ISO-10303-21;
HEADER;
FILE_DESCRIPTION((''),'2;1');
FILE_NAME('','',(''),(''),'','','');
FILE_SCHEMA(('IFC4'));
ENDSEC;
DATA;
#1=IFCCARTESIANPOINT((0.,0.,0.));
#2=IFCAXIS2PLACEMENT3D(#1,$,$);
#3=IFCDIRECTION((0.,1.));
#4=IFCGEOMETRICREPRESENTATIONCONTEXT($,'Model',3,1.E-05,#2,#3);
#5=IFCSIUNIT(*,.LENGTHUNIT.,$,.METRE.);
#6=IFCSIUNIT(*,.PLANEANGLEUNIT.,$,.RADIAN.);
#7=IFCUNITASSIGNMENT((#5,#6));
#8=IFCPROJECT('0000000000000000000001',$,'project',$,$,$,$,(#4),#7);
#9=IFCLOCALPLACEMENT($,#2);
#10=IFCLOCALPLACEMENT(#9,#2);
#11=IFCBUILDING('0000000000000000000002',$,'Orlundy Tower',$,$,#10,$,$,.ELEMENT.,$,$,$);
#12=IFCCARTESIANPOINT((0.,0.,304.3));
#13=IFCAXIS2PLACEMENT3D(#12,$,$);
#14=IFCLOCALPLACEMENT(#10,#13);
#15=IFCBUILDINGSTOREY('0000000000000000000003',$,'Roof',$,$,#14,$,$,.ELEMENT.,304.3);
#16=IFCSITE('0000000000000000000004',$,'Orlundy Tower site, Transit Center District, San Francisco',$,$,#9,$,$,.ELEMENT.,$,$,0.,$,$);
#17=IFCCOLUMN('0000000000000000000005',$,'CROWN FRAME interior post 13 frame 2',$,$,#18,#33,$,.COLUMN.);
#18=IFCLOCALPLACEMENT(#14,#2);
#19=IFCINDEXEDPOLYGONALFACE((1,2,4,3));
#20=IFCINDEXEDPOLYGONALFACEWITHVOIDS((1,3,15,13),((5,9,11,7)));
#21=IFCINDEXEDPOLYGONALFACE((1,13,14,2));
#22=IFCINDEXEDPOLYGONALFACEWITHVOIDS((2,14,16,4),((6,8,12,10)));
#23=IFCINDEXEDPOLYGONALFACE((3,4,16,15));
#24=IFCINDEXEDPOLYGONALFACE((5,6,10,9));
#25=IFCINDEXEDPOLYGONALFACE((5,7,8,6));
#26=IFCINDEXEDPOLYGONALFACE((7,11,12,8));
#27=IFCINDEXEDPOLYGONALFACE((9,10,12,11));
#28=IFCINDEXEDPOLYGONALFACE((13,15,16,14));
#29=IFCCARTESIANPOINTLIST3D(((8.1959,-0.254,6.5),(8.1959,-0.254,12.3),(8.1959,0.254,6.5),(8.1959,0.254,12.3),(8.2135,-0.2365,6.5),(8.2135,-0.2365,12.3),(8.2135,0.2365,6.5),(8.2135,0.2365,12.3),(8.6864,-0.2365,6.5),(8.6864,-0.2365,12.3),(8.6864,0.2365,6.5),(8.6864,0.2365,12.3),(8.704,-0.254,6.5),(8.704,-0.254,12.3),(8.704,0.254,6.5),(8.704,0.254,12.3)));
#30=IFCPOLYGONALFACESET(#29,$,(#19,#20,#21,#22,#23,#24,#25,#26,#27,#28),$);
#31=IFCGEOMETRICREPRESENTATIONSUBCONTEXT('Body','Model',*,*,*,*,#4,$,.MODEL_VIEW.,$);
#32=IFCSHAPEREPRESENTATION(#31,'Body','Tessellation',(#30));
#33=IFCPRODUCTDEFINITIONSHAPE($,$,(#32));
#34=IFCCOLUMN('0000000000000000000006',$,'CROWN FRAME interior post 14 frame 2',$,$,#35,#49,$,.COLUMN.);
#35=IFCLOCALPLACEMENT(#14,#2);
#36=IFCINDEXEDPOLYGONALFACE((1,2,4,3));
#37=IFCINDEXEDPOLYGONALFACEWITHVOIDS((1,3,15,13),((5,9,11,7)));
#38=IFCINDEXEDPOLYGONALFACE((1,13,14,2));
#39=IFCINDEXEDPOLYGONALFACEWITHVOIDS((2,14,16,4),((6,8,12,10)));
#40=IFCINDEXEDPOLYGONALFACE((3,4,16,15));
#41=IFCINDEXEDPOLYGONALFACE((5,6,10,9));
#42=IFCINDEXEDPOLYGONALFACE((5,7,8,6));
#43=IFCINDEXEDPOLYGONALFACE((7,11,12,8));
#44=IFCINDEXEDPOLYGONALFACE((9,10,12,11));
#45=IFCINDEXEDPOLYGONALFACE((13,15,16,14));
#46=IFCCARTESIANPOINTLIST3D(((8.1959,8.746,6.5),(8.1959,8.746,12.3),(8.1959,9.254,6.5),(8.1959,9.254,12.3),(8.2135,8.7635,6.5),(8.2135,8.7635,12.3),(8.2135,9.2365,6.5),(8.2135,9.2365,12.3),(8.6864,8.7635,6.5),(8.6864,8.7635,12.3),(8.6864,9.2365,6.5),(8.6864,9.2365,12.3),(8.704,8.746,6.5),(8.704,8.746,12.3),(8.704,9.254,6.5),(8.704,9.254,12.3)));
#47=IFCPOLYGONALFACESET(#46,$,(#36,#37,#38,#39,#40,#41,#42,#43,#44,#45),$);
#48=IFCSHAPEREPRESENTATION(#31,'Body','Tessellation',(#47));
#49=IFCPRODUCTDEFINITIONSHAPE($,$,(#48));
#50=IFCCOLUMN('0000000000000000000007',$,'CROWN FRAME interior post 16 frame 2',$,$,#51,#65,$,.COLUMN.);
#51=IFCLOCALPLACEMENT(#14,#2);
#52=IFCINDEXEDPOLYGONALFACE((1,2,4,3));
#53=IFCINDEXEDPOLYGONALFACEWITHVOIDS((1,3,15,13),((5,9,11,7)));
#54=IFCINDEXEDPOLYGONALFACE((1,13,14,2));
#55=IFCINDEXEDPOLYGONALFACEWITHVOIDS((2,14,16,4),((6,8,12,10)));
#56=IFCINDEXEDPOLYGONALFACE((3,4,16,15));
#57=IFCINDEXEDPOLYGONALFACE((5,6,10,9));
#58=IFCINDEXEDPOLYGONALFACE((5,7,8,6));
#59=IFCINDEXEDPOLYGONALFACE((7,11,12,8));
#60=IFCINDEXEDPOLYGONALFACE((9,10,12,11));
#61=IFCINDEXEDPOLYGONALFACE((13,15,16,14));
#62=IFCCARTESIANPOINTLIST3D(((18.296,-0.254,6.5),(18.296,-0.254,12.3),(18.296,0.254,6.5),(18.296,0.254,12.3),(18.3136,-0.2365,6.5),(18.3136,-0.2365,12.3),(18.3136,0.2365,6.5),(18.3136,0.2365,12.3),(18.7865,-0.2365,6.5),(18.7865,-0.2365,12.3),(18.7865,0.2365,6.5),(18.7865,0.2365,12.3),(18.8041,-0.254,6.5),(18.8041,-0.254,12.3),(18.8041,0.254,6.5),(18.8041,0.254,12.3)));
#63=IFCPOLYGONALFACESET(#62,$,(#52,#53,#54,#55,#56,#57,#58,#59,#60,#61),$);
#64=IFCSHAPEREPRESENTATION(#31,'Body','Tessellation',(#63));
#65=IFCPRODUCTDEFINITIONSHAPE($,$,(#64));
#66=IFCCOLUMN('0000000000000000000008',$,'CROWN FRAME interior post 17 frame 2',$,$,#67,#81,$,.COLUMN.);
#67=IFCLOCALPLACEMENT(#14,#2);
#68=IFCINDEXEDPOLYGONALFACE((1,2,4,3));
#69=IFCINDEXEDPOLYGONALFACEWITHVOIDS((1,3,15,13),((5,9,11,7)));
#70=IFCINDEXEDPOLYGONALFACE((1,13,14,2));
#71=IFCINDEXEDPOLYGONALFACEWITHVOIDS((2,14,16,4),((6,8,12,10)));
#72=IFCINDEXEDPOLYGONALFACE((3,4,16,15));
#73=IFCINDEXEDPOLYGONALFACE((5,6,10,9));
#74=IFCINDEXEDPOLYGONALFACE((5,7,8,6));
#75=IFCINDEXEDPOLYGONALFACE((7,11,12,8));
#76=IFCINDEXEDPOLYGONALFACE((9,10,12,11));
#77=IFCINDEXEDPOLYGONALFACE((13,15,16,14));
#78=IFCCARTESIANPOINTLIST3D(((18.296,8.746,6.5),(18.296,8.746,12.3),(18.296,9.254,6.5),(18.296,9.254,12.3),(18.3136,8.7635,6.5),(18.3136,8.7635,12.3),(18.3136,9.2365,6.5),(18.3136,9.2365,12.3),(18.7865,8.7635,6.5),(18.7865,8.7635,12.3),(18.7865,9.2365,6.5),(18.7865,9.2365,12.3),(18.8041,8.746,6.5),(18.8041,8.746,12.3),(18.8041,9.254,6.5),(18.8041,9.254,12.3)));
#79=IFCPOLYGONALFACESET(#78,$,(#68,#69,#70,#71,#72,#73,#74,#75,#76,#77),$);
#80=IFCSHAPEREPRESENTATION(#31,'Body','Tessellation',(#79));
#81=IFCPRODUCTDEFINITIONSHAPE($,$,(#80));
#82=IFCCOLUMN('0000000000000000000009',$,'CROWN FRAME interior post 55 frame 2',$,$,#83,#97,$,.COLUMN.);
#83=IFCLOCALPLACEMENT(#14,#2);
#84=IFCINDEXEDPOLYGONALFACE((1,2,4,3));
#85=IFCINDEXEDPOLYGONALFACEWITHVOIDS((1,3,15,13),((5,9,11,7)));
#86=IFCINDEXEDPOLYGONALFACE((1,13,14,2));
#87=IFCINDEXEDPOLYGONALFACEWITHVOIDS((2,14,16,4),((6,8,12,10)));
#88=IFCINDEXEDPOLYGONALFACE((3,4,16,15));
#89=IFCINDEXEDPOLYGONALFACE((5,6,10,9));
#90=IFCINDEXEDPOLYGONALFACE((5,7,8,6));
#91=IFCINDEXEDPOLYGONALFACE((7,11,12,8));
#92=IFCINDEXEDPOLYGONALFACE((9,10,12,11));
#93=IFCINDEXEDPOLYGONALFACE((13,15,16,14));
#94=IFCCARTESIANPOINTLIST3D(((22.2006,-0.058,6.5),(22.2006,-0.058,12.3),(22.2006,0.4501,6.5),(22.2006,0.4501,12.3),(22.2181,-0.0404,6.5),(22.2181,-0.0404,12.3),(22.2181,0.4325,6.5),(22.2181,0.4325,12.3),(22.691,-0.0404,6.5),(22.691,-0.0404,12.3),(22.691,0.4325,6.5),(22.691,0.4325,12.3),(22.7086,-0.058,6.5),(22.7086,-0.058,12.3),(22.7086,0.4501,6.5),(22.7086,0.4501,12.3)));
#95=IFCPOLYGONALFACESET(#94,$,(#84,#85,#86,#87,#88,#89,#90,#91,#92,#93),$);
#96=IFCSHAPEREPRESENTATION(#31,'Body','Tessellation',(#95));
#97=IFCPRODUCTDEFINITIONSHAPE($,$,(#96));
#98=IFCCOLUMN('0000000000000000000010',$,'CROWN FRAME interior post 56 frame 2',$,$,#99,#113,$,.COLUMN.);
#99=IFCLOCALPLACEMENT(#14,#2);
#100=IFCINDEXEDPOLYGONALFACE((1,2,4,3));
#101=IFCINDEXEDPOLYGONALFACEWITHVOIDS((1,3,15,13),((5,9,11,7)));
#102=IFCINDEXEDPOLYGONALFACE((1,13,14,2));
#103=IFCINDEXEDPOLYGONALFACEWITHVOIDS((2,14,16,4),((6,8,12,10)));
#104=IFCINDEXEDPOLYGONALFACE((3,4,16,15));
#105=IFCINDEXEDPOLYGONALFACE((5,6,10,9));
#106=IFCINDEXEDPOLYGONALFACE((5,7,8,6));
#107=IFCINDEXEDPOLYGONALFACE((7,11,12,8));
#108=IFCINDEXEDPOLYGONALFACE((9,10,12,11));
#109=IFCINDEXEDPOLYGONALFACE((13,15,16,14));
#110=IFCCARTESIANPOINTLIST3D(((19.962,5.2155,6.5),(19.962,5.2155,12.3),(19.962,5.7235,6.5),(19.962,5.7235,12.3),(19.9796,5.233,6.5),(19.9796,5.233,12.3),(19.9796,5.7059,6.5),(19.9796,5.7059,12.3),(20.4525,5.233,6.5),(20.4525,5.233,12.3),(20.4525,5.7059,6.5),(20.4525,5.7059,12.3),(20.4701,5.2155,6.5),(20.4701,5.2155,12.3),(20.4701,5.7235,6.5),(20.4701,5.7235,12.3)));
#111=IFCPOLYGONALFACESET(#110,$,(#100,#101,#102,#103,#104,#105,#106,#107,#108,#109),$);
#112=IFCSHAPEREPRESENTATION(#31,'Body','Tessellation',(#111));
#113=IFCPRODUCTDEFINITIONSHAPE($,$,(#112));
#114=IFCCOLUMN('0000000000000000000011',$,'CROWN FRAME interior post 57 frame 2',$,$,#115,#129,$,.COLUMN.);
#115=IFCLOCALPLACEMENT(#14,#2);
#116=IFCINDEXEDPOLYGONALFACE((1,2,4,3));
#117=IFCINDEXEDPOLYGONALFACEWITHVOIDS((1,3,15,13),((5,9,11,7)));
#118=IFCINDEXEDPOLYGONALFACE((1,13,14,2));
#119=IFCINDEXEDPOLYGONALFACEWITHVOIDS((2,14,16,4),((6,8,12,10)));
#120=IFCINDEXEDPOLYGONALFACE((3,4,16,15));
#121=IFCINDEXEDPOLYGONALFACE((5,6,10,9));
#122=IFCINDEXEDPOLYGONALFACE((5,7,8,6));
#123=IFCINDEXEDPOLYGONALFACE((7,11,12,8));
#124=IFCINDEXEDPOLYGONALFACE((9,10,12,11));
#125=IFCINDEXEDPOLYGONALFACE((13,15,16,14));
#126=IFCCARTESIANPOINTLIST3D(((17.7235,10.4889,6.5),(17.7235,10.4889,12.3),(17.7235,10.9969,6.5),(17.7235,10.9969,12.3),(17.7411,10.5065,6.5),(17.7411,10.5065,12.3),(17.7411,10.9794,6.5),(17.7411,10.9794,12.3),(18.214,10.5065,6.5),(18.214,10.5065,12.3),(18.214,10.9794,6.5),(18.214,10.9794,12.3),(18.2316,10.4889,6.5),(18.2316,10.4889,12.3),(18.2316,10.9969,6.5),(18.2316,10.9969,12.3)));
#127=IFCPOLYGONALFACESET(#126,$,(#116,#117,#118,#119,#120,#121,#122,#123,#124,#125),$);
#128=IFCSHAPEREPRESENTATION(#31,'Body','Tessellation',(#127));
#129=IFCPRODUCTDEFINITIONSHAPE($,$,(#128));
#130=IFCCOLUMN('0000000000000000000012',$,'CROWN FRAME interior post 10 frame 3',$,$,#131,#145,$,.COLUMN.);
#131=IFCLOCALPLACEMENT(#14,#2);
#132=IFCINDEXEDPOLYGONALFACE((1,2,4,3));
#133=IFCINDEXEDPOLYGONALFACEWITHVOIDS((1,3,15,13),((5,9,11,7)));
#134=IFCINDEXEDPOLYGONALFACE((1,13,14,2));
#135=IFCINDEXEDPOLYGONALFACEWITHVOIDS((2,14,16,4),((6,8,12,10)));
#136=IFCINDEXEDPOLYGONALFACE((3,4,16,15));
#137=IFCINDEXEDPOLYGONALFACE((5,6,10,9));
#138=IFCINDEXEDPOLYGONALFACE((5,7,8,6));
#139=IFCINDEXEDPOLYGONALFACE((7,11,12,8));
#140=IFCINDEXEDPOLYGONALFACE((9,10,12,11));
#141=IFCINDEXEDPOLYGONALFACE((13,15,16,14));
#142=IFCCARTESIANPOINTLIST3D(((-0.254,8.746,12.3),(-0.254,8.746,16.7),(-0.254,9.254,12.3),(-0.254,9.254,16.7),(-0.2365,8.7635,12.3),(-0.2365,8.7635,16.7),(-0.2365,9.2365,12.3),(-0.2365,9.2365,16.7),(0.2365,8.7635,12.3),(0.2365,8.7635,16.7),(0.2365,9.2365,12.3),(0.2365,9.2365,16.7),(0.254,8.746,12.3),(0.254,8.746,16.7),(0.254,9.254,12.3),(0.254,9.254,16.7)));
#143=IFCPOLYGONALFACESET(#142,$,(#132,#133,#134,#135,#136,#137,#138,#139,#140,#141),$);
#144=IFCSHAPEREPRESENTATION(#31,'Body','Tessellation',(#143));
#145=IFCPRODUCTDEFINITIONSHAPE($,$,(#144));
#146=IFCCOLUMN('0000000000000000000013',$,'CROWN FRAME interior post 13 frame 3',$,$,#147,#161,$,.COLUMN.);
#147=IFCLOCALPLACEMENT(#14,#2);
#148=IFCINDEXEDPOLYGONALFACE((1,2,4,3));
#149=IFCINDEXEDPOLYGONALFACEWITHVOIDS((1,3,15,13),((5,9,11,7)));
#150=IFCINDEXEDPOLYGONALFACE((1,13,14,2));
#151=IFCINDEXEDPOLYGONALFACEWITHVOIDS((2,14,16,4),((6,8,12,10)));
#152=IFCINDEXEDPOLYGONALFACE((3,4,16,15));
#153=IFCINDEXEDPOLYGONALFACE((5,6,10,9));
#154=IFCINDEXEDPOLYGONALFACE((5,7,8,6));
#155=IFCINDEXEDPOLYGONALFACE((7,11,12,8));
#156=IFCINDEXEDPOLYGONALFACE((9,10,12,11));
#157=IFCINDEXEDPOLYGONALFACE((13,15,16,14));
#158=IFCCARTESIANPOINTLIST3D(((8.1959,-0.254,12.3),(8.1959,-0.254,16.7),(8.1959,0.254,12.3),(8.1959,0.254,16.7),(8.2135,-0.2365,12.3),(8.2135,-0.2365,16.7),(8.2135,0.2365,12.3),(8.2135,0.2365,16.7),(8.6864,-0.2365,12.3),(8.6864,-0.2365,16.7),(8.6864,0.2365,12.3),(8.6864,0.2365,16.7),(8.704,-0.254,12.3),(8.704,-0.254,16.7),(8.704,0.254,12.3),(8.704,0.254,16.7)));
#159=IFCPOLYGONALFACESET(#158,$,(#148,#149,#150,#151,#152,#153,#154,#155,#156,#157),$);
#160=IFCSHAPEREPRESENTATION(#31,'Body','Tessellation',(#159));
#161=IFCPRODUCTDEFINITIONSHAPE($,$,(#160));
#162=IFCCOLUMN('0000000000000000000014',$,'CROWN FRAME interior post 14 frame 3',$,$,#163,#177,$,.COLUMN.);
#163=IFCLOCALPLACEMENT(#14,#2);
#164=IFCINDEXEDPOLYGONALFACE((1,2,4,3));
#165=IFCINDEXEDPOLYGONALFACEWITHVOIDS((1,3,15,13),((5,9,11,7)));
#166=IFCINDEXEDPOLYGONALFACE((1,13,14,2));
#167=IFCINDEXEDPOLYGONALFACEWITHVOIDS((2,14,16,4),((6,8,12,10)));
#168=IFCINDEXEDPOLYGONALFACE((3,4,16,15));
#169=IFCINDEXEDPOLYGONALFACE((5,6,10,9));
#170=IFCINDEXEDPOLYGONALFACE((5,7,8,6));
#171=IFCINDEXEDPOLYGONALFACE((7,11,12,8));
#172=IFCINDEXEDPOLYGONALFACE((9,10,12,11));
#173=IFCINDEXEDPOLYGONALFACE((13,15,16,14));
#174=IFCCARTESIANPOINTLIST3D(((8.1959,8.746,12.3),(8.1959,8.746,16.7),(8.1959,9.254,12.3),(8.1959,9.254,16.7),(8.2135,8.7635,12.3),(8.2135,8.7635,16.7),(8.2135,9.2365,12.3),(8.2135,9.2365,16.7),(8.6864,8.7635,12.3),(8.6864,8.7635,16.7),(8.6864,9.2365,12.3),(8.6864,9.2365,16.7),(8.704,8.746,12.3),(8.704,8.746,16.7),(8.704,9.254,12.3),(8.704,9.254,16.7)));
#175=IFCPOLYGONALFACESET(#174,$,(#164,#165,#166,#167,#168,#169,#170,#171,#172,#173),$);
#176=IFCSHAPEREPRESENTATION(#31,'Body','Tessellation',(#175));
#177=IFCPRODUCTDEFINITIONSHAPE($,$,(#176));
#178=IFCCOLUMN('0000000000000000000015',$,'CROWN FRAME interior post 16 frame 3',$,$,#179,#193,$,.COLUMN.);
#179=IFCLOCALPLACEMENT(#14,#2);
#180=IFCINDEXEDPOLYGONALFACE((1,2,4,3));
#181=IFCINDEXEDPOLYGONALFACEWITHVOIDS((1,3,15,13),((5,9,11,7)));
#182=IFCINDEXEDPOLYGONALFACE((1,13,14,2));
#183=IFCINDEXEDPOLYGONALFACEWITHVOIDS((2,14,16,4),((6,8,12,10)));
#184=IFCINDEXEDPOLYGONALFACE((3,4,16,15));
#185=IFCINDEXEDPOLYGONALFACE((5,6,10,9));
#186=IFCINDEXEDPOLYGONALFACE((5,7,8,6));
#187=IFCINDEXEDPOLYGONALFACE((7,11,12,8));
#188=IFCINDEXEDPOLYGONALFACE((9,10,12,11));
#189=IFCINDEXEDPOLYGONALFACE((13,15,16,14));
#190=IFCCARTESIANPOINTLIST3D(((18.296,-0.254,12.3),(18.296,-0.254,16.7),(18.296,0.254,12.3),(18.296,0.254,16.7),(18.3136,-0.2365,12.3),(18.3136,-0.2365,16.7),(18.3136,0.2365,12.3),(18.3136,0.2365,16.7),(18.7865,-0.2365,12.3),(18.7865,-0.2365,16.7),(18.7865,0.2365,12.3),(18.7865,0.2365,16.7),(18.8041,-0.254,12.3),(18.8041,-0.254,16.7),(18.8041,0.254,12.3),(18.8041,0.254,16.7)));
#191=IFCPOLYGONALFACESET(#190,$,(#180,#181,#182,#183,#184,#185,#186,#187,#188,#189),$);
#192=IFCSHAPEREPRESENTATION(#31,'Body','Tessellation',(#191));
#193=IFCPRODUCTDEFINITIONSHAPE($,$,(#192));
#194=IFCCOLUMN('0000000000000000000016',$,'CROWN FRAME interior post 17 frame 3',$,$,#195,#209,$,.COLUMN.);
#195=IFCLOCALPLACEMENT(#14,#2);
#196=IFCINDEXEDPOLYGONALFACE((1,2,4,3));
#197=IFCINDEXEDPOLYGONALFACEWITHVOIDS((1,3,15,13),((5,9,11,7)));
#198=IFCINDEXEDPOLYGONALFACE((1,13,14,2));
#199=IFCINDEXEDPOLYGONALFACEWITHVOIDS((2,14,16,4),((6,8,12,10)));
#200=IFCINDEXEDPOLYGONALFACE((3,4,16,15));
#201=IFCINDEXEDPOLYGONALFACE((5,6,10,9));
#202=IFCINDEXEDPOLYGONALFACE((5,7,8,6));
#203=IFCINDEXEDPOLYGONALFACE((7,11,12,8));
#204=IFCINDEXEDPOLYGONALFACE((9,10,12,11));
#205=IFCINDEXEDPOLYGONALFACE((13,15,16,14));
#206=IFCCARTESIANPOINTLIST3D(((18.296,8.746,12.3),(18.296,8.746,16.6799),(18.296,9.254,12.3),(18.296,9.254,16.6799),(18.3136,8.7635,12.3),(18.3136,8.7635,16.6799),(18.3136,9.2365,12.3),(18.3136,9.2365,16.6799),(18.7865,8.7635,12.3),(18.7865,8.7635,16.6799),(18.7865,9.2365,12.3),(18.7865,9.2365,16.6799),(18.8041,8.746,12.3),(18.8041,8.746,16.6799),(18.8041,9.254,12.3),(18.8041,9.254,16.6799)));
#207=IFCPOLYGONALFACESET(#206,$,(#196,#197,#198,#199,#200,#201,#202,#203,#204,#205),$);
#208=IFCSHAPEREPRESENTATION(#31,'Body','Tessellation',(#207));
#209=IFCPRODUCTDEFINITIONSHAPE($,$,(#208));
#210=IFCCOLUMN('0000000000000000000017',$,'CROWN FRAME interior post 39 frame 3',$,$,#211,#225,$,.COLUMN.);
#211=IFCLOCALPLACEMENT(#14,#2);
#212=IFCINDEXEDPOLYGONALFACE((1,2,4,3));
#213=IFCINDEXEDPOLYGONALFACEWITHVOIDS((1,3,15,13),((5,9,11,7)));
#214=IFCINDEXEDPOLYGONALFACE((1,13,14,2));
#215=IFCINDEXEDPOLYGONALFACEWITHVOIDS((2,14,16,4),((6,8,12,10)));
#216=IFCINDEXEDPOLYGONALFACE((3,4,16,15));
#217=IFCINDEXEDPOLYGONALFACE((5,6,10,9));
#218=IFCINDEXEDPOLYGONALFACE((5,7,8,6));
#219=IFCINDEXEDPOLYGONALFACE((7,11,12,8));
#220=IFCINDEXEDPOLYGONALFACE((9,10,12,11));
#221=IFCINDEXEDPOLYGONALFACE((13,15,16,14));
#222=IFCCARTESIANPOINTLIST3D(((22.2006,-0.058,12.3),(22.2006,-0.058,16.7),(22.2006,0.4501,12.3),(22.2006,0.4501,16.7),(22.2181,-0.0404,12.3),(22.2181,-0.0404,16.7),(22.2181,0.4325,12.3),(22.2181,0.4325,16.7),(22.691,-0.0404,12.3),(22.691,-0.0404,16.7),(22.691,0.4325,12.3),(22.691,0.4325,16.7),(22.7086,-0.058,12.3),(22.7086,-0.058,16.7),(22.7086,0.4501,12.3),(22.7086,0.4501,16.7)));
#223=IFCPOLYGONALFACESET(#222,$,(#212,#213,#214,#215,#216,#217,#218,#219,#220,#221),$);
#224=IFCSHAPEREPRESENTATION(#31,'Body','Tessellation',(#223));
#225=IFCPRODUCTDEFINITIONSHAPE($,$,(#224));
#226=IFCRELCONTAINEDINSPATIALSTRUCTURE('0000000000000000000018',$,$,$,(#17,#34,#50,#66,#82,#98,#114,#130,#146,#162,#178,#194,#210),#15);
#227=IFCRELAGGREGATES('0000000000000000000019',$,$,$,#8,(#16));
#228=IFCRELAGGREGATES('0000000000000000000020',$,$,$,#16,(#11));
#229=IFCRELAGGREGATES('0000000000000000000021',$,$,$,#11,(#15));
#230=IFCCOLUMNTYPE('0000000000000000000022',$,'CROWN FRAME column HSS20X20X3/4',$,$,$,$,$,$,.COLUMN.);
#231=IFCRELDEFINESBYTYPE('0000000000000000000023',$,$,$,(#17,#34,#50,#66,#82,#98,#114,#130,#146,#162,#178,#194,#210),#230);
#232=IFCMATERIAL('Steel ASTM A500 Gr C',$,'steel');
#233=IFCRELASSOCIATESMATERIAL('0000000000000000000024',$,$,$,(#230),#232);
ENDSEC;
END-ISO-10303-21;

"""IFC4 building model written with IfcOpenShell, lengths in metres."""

from ifc_helpers import new_model, si_unit, direction, frame, origin, origin_2d, place, context, subcontext, project, spatial, hollow_rectangle, extrude, material, material_profile, profile_set, type_object, element, save


model = new_model("IFC4")

# Units and contexts
model_context = context("Model", 3, precision=1e-05, world=origin(), true_north=direction((0.0, 1.0)))
body_context = subcontext(model_context, "Body", "Model", "MODEL_VIEW")
ifc_project = project(units=[si_unit("LENGTHUNIT", "METRE"), si_unit("PLANEANGLEUNIT", "RADIAN")], contexts=[model_context])

# Site, building, storey
site_placement = place(None, origin())
site = spatial("IfcSite", under=ifc_project, at=site_placement, Name="Orlundy Tower site, Transit Center District, San Francisco", CompositionType="ELEMENT", RefElevation=0.0)
building_placement = place(site_placement, origin())
building = spatial("IfcBuilding", under=site, at=building_placement, Name="Orlundy Tower", CompositionType="ELEMENT")
storey_placement = place(building_placement, frame((0.0, 0.0, 304.3)))
storey = spatial("IfcBuildingStorey", under=building, at=storey_placement, Name="Roof", CompositionType="ELEMENT", Elevation=304.3)

# Columns
ifc_material_1 = material(Name="Steel ASTM A500 Gr C", Category="steel")
ifc_material_profile_1 = material_profile(ifc_material_1, hollow_rectangle(XDim=0.5081, YDim=0.5081, WallThickness=0.0176, at=origin_2d()), Name="HSS20X20X3/4")
ifc_profile_set_1 = profile_set([ifc_material_profile_1], Name="Steel ASTM A500 Gr C")
column_type = type_object("IfcColumnType", Name="CROWN FRAME column HSS20X20X3/4", PredefinedType="COLUMN", material=ifc_profile_set_1)
for number, where, z_axis, x_axis, name in (
    (1, (8.45, 0.0, 6.5), (0.0, 0.0, 1.0), (1.0, 0.0, 0.0), "CROWN FRAME interior post 13 frame 2"),
    (2, (8.45, 9.0, 6.5), (0.0, 0.0, 1.0), (1.0, 0.0, 0.0), "CROWN FRAME interior post 14 frame 2"),
    (3, (18.55, 0.0, 6.5), (0.0, 0.0, 1.0), (1.0, 0.0, 0.0), "CROWN FRAME interior post 16 frame 2"),
    (4, (18.55, 9.0, 6.5), (0.0, 0.0, 1.0), (1.0, 0.0, 0.0), "CROWN FRAME interior post 17 frame 2"),
    (5, (22.4546, 0.196, 6.5), (0.0, 0.0, 1.0), (1.0, 0.0, 0.0), "CROWN FRAME interior post 55 frame 2"),
    (6, (20.2161, 5.4695, 6.5), (0.0, 0.0, 1.0), (1.0, 0.0, 0.0), "CROWN FRAME interior post 56 frame 2"),
    (7, (17.9775, 10.7429, 6.5), (0.0, 0.0, 1.0), (1.0, 0.0, 0.0), "CROWN FRAME interior post 57 frame 2"),
):
    element("IfcColumn", number, at=place(storey_placement, frame(where, z_axis=z_axis, x_axis=x_axis)), inside=storey, type_object=column_type, Name=name, PredefinedType="COLUMN", context=body_context, shape_type="SweptSolid", body=[
        extrude(hollow_rectangle(XDim=0.5081, YDim=0.5081, WallThickness=0.0176, at=origin_2d()), origin(), (0.0, 0.0, 1.0), 5.8),
    ])
for number, where, z_axis, x_axis, name in (
    (8, (0.0, 9.0, 12.3), (0.0, 0.0, 1.0), (1.0, 0.0, 0.0), "CROWN FRAME interior post 10 frame 3"),
    (9, (8.45, 0.0, 12.3), (0.0, 0.0, 1.0), (1.0, 0.0, 0.0), "CROWN FRAME interior post 13 frame 3"),
    (10, (8.45, 9.0, 12.3), (0.0, 0.0, 1.0), (1.0, 0.0, 0.0), "CROWN FRAME interior post 14 frame 3"),
    (11, (18.55, 0.0, 12.3), (0.0, 0.0, 1.0), (1.0, 0.0, 0.0), "CROWN FRAME interior post 16 frame 3"),
):
    element("IfcColumn", number, at=place(storey_placement, frame(where, z_axis=z_axis, x_axis=x_axis)), inside=storey, type_object=column_type, Name=name, PredefinedType="COLUMN", context=body_context, shape_type="SweptSolid", body=[
        extrude(hollow_rectangle(XDim=0.5081, YDim=0.5081, WallThickness=0.0176, at=origin_2d()), origin(), (0.0, 0.0, 1.0), 4.3999),
    ])
column_placement = place(storey_placement, frame((18.55, 9.0, 12.3), z_axis=(0.0, 0.0, 1.0), x_axis=(1.0, 0.0, 0.0)))
element("IfcColumn", 12, at=column_placement, inside=storey, type_object=column_type, Name="CROWN FRAME interior post 17 frame 3", PredefinedType="COLUMN", context=body_context, shape_type="SweptSolid", body=[
    extrude(hollow_rectangle(XDim=0.5081, YDim=0.5081, WallThickness=0.0176, at=origin_2d()), origin(), (0.0, 0.0, 1.0), 4.3799),
])
for number, where, z_axis, x_axis, name in (
    (13, (22.4546, 0.196, 12.3), (0.0, 0.0, 1.0), (1.0, 0.0, 0.0), "CROWN FRAME interior post 39 frame 3"),
):
    element("IfcColumn", number, at=place(storey_placement, frame(where, z_axis=z_axis, x_axis=x_axis)), inside=storey, type_object=column_type, Name=name, PredefinedType="COLUMN", context=body_context, shape_type="SweptSolid", body=[
        extrude(hollow_rectangle(XDim=0.5081, YDim=0.5081, WallThickness=0.0176, at=origin_2d()), origin(), (0.0, 0.0, 1.0), 4.3999),
    ])

save(model, "model.ifc")
